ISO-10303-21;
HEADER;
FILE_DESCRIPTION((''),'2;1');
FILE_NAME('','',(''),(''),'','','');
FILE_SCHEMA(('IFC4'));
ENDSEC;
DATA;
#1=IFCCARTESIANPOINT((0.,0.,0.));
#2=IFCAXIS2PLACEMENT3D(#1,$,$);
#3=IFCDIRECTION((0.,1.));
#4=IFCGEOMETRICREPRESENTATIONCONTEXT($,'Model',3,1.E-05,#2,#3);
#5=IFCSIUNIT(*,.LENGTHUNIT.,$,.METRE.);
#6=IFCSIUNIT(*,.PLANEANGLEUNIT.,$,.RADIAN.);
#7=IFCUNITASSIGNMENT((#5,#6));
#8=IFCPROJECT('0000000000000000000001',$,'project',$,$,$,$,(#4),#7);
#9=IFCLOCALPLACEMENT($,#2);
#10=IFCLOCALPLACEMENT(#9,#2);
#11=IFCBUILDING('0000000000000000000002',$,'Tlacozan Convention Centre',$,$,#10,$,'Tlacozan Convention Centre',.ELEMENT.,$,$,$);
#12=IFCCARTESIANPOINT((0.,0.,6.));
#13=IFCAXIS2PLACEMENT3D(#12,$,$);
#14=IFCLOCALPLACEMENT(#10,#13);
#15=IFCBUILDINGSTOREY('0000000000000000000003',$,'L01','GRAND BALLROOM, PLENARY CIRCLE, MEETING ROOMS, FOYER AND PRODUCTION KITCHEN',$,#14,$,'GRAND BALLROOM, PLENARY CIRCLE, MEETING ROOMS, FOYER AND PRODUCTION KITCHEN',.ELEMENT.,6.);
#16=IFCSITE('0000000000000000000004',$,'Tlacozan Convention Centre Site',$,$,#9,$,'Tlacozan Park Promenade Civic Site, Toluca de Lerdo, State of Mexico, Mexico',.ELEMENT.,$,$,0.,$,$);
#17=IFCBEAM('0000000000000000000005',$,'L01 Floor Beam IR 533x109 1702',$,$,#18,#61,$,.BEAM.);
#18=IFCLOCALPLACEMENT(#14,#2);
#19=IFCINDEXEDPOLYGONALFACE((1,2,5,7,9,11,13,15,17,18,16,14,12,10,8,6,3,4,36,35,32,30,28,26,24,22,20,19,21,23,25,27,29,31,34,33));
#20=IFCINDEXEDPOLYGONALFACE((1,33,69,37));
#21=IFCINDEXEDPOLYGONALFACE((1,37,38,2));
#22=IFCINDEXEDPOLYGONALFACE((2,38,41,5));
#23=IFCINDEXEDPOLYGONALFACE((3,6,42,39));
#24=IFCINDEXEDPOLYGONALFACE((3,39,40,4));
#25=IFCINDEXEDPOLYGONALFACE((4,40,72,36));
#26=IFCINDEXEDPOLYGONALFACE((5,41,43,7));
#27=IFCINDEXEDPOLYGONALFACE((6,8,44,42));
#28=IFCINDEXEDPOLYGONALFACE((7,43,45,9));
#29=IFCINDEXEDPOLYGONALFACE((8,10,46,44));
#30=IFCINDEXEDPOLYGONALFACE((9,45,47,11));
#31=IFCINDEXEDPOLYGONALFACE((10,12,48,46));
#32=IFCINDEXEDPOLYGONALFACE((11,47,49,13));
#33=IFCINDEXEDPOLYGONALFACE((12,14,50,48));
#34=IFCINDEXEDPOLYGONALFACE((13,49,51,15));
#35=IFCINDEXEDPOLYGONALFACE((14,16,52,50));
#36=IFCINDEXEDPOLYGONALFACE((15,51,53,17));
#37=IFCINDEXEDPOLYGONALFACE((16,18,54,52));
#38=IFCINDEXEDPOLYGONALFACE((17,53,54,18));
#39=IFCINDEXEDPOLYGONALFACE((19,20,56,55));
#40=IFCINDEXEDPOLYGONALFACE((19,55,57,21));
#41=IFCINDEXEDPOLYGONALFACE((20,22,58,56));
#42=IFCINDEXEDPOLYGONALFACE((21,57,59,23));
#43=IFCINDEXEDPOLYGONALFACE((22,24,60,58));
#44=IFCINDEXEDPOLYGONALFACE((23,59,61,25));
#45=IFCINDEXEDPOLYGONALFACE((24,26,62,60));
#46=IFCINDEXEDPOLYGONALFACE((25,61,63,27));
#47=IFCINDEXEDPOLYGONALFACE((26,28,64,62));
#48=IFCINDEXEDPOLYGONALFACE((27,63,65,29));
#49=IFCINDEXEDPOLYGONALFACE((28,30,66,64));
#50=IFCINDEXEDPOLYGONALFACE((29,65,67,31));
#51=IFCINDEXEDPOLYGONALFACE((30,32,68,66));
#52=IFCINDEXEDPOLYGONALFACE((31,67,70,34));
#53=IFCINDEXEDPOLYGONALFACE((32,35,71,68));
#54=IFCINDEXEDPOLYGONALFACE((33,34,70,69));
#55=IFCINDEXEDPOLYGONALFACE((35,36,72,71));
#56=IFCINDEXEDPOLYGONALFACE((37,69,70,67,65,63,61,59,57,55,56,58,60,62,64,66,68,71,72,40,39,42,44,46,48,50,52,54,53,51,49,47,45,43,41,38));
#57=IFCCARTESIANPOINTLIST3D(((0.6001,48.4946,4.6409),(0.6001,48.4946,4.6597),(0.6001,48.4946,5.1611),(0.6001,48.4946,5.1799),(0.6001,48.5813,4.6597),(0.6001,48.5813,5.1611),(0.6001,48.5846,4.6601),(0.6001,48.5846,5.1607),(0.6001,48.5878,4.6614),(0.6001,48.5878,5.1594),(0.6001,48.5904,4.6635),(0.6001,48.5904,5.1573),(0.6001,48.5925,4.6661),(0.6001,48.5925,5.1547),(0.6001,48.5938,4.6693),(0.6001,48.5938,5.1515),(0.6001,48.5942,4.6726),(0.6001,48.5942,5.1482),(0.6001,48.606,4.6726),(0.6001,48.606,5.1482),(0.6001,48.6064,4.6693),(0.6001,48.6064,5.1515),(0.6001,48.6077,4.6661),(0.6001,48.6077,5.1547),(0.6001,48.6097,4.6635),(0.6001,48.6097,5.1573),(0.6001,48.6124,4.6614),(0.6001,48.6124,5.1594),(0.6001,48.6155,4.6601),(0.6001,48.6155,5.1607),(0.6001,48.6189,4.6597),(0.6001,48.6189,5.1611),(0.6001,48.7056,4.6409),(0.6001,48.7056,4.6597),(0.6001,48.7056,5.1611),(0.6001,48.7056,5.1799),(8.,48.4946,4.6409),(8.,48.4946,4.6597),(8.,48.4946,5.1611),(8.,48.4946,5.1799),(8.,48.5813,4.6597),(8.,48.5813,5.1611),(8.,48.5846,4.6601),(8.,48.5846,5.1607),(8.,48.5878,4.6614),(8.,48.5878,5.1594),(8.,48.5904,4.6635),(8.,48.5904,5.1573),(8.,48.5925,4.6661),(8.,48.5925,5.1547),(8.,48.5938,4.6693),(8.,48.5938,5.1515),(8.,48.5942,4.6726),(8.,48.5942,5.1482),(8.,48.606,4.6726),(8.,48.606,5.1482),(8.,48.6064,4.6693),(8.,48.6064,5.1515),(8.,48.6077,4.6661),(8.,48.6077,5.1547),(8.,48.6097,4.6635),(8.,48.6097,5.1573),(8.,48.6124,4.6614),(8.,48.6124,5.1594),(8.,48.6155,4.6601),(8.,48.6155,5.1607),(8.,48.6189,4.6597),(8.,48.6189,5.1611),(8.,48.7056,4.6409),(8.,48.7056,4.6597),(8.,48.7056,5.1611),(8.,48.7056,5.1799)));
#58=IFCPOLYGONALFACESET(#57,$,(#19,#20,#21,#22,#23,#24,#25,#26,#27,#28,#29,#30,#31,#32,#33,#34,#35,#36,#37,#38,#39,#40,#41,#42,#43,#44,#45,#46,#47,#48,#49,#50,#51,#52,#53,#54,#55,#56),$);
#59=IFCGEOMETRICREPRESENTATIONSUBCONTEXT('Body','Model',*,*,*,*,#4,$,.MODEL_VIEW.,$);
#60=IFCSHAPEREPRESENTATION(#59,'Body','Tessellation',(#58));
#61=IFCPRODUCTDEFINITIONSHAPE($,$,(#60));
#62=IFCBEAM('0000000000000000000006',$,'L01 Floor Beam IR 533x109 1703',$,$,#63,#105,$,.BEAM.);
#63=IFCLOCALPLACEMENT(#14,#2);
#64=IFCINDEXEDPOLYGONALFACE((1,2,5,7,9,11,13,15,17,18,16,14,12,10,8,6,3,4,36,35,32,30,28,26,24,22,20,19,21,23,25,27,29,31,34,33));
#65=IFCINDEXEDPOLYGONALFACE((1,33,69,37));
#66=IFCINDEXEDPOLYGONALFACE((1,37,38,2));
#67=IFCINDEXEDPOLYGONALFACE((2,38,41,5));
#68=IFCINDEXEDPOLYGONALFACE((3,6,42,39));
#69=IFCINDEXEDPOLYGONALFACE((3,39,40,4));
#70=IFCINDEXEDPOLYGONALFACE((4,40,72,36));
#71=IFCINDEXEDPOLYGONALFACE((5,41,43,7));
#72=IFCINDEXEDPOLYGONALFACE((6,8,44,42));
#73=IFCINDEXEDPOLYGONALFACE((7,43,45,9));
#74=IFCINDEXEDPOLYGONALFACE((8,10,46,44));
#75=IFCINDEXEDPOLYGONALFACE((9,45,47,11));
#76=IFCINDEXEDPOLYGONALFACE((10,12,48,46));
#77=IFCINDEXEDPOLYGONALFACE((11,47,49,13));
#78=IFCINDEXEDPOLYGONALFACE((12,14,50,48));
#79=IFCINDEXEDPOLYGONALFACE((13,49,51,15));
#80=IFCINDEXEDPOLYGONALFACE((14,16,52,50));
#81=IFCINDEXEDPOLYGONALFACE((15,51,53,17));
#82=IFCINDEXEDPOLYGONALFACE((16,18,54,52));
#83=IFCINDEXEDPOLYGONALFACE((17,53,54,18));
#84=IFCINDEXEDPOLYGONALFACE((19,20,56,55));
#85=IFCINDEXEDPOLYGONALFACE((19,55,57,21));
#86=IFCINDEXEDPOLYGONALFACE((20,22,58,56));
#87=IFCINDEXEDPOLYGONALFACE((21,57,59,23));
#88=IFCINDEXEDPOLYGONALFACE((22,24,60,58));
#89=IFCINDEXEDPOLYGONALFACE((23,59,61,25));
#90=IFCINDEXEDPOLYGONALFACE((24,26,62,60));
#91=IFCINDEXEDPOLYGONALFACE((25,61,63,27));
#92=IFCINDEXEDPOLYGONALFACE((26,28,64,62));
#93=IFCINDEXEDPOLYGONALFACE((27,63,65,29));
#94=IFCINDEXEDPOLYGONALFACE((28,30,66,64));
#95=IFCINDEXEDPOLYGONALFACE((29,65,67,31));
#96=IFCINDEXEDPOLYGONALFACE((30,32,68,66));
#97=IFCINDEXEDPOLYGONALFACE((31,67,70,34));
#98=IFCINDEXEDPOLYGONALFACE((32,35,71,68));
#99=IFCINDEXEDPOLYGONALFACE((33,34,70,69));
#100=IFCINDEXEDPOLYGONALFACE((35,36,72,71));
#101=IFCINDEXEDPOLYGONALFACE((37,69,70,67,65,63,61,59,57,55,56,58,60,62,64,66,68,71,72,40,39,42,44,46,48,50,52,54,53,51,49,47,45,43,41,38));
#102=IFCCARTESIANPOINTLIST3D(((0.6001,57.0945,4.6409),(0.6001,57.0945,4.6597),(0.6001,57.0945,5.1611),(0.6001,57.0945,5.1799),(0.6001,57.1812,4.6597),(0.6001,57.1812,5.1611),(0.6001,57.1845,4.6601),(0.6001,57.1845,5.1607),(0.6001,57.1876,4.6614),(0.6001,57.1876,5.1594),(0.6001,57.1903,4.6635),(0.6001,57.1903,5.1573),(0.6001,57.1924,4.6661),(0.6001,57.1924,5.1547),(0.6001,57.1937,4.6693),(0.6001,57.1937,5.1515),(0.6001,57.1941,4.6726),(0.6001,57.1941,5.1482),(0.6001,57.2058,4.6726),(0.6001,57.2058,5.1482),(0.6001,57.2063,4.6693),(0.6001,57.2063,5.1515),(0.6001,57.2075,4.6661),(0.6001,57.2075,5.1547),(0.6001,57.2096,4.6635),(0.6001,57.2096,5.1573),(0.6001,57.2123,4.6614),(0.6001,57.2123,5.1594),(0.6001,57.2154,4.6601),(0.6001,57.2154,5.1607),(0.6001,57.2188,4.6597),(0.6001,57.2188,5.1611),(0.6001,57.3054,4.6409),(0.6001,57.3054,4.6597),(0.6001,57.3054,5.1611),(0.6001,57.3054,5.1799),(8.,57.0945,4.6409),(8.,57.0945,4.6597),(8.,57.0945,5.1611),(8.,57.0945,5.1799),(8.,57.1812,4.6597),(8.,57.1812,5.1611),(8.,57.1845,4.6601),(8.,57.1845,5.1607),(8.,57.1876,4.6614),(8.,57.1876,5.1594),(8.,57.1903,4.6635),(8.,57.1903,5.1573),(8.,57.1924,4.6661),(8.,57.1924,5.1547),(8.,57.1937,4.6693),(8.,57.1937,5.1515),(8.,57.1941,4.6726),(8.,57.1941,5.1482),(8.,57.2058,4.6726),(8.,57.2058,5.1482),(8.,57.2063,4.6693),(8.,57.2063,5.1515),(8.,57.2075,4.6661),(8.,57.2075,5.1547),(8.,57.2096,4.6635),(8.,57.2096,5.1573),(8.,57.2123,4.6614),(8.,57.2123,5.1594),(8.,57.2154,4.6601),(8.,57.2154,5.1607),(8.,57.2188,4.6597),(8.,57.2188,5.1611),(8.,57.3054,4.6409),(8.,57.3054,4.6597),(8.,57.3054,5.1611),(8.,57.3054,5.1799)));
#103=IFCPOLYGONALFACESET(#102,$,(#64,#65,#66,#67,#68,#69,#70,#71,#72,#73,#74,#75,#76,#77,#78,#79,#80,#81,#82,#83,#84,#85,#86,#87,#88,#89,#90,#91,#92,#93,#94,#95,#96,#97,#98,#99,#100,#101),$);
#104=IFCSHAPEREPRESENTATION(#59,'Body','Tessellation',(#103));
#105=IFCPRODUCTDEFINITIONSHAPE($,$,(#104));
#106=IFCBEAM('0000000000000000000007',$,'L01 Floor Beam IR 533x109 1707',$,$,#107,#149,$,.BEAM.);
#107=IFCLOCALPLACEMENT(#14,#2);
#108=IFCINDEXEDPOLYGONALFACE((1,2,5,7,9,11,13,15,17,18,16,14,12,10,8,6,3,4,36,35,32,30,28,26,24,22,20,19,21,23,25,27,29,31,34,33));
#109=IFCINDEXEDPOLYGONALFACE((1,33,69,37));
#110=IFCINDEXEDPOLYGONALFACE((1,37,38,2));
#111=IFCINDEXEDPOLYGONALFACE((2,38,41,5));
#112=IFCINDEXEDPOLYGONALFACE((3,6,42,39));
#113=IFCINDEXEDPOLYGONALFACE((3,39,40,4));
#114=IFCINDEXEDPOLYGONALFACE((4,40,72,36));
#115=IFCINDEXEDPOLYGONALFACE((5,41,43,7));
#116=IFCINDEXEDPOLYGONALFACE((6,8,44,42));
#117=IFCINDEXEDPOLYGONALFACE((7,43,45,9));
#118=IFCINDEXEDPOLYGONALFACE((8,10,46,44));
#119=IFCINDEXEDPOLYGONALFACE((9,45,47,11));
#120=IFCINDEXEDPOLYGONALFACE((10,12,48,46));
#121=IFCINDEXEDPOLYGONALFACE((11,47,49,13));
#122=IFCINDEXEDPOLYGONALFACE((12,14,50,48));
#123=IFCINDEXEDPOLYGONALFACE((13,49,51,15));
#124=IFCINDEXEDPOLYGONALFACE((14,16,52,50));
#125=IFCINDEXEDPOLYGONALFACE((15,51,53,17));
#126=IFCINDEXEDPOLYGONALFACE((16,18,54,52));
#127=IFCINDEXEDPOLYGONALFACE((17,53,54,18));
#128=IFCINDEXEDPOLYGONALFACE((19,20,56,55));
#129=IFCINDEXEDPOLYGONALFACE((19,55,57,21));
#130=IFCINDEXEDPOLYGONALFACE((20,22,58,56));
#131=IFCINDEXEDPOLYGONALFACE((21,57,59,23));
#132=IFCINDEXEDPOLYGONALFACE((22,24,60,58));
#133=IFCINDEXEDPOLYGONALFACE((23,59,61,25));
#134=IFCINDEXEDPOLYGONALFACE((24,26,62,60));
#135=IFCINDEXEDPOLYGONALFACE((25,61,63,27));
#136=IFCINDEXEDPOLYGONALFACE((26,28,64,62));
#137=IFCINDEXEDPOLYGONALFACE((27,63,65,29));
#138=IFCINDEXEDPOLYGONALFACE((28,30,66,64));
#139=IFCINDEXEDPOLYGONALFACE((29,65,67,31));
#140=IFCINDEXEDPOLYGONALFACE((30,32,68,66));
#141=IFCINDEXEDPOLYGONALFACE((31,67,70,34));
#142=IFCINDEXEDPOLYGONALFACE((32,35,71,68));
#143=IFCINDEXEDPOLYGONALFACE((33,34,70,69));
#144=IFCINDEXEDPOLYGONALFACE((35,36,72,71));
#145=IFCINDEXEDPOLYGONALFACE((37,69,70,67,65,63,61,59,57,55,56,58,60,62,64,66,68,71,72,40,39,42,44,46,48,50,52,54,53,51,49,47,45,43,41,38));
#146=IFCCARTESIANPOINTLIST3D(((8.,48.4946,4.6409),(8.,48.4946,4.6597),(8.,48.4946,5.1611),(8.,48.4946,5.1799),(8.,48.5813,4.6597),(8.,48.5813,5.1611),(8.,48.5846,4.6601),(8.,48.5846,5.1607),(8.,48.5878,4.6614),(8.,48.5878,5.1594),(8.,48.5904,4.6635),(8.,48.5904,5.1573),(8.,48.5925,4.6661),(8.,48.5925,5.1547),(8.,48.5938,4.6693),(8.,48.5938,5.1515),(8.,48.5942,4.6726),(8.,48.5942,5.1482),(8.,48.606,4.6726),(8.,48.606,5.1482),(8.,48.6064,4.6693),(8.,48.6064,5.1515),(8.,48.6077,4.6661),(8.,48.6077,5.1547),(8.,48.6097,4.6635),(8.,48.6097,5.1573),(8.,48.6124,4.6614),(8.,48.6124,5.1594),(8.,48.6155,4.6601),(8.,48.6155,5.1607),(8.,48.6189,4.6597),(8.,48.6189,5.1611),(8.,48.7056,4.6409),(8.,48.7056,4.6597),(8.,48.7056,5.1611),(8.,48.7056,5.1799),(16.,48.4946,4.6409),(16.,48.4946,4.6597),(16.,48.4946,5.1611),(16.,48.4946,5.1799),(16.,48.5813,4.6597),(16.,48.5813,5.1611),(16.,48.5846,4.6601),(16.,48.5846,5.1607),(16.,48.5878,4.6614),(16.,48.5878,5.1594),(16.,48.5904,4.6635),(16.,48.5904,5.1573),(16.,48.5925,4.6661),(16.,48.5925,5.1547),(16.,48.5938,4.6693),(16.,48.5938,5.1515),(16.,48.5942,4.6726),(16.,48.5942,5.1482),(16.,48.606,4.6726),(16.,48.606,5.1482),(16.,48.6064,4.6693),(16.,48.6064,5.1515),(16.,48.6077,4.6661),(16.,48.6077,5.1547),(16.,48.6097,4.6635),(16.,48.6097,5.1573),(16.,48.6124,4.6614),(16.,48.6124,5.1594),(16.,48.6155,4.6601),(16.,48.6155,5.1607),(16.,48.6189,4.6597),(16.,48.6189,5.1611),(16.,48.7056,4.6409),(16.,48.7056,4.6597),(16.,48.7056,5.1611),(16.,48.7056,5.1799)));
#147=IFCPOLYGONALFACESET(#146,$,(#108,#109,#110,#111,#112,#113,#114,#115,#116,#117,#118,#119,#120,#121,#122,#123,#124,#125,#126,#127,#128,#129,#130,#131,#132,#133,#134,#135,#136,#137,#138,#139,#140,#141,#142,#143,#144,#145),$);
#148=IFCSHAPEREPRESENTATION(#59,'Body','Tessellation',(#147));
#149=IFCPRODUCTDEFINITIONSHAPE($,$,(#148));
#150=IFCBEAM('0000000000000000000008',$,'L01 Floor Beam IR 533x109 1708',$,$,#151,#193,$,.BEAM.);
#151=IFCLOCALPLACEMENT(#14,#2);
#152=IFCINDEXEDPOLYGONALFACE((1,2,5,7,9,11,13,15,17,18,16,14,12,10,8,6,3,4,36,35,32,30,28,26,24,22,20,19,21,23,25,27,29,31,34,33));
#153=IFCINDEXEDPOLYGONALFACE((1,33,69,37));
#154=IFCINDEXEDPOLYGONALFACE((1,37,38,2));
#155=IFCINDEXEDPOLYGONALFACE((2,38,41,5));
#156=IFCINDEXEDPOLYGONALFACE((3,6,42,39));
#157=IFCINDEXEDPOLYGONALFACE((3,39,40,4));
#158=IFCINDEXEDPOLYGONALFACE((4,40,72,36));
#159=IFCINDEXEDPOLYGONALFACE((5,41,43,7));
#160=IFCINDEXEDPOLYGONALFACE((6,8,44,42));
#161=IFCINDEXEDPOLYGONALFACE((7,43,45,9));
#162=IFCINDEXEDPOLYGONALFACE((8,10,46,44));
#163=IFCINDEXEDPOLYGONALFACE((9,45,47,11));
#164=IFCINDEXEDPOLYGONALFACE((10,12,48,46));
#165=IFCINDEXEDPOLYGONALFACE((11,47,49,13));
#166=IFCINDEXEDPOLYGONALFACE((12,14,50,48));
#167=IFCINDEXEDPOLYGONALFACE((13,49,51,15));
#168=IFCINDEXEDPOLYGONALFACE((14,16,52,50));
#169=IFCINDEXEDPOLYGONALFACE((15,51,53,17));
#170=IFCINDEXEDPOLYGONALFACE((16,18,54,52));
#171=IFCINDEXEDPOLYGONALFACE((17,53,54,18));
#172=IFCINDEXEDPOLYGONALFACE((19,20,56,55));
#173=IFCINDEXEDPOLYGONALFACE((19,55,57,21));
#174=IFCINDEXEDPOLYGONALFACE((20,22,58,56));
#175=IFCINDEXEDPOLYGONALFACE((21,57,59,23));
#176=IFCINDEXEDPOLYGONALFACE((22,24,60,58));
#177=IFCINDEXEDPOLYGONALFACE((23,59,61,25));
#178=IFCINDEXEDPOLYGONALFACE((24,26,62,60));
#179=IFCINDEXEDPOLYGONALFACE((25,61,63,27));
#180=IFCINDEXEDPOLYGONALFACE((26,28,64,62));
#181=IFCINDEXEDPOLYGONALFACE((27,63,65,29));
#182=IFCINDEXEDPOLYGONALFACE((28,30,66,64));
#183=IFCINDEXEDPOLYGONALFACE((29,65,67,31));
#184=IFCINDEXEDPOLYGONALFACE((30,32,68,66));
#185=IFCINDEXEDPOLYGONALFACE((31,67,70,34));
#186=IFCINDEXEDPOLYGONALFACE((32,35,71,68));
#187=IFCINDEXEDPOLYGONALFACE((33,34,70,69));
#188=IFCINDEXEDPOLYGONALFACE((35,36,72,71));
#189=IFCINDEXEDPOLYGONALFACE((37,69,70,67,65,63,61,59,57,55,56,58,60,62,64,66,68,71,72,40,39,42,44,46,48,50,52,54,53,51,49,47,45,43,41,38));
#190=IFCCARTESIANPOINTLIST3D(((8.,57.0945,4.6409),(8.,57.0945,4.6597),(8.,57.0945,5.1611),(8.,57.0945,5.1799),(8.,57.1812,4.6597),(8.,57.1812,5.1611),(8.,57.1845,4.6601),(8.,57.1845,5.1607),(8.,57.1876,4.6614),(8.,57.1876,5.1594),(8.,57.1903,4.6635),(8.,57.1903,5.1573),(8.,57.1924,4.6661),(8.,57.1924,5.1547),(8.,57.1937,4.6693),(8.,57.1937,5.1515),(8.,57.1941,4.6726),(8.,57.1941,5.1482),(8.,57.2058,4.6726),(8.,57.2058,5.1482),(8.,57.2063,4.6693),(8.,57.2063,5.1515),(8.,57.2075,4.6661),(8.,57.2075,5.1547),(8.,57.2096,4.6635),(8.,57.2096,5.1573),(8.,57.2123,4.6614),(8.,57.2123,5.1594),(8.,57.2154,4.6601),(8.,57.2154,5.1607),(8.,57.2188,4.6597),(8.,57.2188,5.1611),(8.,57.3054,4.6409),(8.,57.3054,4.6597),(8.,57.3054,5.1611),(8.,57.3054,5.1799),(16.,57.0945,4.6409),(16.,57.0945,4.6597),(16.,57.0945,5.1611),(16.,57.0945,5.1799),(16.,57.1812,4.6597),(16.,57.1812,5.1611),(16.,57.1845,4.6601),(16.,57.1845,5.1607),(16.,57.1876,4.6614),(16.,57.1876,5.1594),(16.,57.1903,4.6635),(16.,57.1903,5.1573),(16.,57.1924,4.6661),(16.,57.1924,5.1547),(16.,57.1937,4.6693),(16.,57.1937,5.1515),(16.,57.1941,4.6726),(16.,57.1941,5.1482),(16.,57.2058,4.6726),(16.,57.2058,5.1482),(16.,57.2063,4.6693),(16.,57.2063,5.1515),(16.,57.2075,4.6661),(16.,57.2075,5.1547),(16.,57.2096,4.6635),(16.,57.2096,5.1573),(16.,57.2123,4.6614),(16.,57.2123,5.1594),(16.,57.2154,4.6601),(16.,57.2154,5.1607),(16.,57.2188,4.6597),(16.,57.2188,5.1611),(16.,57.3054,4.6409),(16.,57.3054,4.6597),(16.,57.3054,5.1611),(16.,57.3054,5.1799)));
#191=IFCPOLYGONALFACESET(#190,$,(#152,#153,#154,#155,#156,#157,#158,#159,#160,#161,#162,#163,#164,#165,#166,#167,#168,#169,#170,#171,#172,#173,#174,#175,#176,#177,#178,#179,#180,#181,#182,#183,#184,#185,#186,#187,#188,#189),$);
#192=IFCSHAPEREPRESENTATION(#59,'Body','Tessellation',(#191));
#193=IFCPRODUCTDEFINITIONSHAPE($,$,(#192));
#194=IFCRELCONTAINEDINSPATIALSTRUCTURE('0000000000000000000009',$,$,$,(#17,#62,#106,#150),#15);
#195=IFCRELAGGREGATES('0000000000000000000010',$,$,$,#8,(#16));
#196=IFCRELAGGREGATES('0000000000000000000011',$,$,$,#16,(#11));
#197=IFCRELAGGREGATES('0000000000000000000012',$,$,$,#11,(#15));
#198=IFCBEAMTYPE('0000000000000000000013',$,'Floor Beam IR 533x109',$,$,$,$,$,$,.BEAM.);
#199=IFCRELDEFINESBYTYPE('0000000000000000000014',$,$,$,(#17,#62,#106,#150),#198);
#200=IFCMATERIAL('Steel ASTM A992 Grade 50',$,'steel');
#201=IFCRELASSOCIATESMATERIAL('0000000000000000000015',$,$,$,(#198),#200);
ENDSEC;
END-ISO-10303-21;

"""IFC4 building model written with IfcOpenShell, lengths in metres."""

from ifc_helpers import new_model, si_unit, direction, frame, origin, origin_2d, place, context, subcontext, project, spatial, i_section, extrude, material, material_profile, profile_set, type_object, element, save


model = new_model("IFC4")

# Units and contexts
model_context = context("Model", 3, precision=1e-05, world=origin(), true_north=direction((0.0, 1.0)))
body_context = subcontext(model_context, "Body", "Model", "MODEL_VIEW")
ifc_project = project(units=[si_unit("LENGTHUNIT", "METRE"), si_unit("PLANEANGLEUNIT", "RADIAN")], contexts=[model_context])

# Site, building, storey
site_placement = place(None, origin())
site = spatial("IfcSite", under=ifc_project, at=site_placement, Name="Tlacozan Convention Centre Site", LongName="Tlacozan Park Promenade Civic Site, Toluca de Lerdo, State of Mexico, Mexico", CompositionType="ELEMENT", RefElevation=0.0)
building_placement = place(site_placement, origin())
building = spatial("IfcBuilding", under=site, at=building_placement, Name="Tlacozan Convention Centre", LongName="Tlacozan Convention Centre", CompositionType="ELEMENT")
storey_placement = place(building_placement, frame((0.0, 0.0, 6.0)))
storey = spatial("IfcBuildingStorey", under=building, at=storey_placement, Name="L01", Description="GRAND BALLROOM, PLENARY CIRCLE, MEETING ROOMS, FOYER AND PRODUCTION KITCHEN", LongName="GRAND BALLROOM, PLENARY CIRCLE, MEETING ROOMS, FOYER AND PRODUCTION KITCHEN", CompositionType="ELEMENT", Elevation=6.0)

# Beams
ifc_material_1 = material(Name="Steel ASTM A992 Grade 50", Category="steel")
ifc_material_profile_1 = material_profile(ifc_material_1, i_section(OverallWidth=0.2109, OverallDepth=0.5391, WebThickness=0.0117, FlangeThickness=0.0188, FilletRadius=0.0129, at=origin_2d()), Name="IR 533x109.0")
ifc_profile_set_1 = profile_set([ifc_material_profile_1], Name="Steel ASTM A992 Grade 50")
beam_type_1 = type_object("IfcBeamType", Name="Floor Beam IR 533x109", PredefinedType="BEAM", material=ifc_profile_set_1)
for number, where, z_axis, x_axis, name in (
    (1, (0.6001, 48.6001, 4.9104), (1.0, 0.0, 0.0), (0.0, 1.0, 0.0), "L01 Floor Beam IR 533x109 1702"),
    (2, (0.6001, 57.2, 4.9104), (1.0, 0.0, 0.0), (0.0, 1.0, 0.0), "L01 Floor Beam IR 533x109 1703"),
):
    element("IfcBeam", number, at=place(storey_placement, frame(where, z_axis=z_axis, x_axis=x_axis)), inside=storey, type_object=beam_type_1, Name=name, PredefinedType="BEAM", context=body_context, shape_type="SweptSolid", body=[
        extrude(i_section(OverallWidth=0.2109, OverallDepth=0.5391, WebThickness=0.0117, FlangeThickness=0.0188, FilletRadius=0.0129, at=origin_2d()), origin(), (0.0, 0.0, 1.0), 7.3999),
    ])
for number, where, z_axis, x_axis, name in (
    (3, (8.0, 48.6001, 4.9104), (1.0, 0.0, 0.0), (0.0, 1.0, 0.0), "L01 Floor Beam IR 533x109 1707"),
    (4, (8.0, 57.2, 4.9104), (1.0, 0.0, 0.0), (0.0, 1.0, 0.0), "L01 Floor Beam IR 533x109 1708"),
):
    element("IfcBeam", number, at=place(storey_placement, frame(where, z_axis=z_axis, x_axis=x_axis)), inside=storey, type_object=beam_type_1, Name=name, PredefinedType="BEAM", context=body_context, shape_type="SweptSolid", body=[
        extrude(i_section(OverallWidth=0.2109, OverallDepth=0.5391, WebThickness=0.0117, FlangeThickness=0.0188, FilletRadius=0.0129, at=origin_2d()), origin(), (0.0, 0.0, 1.0), 8.0),
    ])

save(model, "model.ifc")
